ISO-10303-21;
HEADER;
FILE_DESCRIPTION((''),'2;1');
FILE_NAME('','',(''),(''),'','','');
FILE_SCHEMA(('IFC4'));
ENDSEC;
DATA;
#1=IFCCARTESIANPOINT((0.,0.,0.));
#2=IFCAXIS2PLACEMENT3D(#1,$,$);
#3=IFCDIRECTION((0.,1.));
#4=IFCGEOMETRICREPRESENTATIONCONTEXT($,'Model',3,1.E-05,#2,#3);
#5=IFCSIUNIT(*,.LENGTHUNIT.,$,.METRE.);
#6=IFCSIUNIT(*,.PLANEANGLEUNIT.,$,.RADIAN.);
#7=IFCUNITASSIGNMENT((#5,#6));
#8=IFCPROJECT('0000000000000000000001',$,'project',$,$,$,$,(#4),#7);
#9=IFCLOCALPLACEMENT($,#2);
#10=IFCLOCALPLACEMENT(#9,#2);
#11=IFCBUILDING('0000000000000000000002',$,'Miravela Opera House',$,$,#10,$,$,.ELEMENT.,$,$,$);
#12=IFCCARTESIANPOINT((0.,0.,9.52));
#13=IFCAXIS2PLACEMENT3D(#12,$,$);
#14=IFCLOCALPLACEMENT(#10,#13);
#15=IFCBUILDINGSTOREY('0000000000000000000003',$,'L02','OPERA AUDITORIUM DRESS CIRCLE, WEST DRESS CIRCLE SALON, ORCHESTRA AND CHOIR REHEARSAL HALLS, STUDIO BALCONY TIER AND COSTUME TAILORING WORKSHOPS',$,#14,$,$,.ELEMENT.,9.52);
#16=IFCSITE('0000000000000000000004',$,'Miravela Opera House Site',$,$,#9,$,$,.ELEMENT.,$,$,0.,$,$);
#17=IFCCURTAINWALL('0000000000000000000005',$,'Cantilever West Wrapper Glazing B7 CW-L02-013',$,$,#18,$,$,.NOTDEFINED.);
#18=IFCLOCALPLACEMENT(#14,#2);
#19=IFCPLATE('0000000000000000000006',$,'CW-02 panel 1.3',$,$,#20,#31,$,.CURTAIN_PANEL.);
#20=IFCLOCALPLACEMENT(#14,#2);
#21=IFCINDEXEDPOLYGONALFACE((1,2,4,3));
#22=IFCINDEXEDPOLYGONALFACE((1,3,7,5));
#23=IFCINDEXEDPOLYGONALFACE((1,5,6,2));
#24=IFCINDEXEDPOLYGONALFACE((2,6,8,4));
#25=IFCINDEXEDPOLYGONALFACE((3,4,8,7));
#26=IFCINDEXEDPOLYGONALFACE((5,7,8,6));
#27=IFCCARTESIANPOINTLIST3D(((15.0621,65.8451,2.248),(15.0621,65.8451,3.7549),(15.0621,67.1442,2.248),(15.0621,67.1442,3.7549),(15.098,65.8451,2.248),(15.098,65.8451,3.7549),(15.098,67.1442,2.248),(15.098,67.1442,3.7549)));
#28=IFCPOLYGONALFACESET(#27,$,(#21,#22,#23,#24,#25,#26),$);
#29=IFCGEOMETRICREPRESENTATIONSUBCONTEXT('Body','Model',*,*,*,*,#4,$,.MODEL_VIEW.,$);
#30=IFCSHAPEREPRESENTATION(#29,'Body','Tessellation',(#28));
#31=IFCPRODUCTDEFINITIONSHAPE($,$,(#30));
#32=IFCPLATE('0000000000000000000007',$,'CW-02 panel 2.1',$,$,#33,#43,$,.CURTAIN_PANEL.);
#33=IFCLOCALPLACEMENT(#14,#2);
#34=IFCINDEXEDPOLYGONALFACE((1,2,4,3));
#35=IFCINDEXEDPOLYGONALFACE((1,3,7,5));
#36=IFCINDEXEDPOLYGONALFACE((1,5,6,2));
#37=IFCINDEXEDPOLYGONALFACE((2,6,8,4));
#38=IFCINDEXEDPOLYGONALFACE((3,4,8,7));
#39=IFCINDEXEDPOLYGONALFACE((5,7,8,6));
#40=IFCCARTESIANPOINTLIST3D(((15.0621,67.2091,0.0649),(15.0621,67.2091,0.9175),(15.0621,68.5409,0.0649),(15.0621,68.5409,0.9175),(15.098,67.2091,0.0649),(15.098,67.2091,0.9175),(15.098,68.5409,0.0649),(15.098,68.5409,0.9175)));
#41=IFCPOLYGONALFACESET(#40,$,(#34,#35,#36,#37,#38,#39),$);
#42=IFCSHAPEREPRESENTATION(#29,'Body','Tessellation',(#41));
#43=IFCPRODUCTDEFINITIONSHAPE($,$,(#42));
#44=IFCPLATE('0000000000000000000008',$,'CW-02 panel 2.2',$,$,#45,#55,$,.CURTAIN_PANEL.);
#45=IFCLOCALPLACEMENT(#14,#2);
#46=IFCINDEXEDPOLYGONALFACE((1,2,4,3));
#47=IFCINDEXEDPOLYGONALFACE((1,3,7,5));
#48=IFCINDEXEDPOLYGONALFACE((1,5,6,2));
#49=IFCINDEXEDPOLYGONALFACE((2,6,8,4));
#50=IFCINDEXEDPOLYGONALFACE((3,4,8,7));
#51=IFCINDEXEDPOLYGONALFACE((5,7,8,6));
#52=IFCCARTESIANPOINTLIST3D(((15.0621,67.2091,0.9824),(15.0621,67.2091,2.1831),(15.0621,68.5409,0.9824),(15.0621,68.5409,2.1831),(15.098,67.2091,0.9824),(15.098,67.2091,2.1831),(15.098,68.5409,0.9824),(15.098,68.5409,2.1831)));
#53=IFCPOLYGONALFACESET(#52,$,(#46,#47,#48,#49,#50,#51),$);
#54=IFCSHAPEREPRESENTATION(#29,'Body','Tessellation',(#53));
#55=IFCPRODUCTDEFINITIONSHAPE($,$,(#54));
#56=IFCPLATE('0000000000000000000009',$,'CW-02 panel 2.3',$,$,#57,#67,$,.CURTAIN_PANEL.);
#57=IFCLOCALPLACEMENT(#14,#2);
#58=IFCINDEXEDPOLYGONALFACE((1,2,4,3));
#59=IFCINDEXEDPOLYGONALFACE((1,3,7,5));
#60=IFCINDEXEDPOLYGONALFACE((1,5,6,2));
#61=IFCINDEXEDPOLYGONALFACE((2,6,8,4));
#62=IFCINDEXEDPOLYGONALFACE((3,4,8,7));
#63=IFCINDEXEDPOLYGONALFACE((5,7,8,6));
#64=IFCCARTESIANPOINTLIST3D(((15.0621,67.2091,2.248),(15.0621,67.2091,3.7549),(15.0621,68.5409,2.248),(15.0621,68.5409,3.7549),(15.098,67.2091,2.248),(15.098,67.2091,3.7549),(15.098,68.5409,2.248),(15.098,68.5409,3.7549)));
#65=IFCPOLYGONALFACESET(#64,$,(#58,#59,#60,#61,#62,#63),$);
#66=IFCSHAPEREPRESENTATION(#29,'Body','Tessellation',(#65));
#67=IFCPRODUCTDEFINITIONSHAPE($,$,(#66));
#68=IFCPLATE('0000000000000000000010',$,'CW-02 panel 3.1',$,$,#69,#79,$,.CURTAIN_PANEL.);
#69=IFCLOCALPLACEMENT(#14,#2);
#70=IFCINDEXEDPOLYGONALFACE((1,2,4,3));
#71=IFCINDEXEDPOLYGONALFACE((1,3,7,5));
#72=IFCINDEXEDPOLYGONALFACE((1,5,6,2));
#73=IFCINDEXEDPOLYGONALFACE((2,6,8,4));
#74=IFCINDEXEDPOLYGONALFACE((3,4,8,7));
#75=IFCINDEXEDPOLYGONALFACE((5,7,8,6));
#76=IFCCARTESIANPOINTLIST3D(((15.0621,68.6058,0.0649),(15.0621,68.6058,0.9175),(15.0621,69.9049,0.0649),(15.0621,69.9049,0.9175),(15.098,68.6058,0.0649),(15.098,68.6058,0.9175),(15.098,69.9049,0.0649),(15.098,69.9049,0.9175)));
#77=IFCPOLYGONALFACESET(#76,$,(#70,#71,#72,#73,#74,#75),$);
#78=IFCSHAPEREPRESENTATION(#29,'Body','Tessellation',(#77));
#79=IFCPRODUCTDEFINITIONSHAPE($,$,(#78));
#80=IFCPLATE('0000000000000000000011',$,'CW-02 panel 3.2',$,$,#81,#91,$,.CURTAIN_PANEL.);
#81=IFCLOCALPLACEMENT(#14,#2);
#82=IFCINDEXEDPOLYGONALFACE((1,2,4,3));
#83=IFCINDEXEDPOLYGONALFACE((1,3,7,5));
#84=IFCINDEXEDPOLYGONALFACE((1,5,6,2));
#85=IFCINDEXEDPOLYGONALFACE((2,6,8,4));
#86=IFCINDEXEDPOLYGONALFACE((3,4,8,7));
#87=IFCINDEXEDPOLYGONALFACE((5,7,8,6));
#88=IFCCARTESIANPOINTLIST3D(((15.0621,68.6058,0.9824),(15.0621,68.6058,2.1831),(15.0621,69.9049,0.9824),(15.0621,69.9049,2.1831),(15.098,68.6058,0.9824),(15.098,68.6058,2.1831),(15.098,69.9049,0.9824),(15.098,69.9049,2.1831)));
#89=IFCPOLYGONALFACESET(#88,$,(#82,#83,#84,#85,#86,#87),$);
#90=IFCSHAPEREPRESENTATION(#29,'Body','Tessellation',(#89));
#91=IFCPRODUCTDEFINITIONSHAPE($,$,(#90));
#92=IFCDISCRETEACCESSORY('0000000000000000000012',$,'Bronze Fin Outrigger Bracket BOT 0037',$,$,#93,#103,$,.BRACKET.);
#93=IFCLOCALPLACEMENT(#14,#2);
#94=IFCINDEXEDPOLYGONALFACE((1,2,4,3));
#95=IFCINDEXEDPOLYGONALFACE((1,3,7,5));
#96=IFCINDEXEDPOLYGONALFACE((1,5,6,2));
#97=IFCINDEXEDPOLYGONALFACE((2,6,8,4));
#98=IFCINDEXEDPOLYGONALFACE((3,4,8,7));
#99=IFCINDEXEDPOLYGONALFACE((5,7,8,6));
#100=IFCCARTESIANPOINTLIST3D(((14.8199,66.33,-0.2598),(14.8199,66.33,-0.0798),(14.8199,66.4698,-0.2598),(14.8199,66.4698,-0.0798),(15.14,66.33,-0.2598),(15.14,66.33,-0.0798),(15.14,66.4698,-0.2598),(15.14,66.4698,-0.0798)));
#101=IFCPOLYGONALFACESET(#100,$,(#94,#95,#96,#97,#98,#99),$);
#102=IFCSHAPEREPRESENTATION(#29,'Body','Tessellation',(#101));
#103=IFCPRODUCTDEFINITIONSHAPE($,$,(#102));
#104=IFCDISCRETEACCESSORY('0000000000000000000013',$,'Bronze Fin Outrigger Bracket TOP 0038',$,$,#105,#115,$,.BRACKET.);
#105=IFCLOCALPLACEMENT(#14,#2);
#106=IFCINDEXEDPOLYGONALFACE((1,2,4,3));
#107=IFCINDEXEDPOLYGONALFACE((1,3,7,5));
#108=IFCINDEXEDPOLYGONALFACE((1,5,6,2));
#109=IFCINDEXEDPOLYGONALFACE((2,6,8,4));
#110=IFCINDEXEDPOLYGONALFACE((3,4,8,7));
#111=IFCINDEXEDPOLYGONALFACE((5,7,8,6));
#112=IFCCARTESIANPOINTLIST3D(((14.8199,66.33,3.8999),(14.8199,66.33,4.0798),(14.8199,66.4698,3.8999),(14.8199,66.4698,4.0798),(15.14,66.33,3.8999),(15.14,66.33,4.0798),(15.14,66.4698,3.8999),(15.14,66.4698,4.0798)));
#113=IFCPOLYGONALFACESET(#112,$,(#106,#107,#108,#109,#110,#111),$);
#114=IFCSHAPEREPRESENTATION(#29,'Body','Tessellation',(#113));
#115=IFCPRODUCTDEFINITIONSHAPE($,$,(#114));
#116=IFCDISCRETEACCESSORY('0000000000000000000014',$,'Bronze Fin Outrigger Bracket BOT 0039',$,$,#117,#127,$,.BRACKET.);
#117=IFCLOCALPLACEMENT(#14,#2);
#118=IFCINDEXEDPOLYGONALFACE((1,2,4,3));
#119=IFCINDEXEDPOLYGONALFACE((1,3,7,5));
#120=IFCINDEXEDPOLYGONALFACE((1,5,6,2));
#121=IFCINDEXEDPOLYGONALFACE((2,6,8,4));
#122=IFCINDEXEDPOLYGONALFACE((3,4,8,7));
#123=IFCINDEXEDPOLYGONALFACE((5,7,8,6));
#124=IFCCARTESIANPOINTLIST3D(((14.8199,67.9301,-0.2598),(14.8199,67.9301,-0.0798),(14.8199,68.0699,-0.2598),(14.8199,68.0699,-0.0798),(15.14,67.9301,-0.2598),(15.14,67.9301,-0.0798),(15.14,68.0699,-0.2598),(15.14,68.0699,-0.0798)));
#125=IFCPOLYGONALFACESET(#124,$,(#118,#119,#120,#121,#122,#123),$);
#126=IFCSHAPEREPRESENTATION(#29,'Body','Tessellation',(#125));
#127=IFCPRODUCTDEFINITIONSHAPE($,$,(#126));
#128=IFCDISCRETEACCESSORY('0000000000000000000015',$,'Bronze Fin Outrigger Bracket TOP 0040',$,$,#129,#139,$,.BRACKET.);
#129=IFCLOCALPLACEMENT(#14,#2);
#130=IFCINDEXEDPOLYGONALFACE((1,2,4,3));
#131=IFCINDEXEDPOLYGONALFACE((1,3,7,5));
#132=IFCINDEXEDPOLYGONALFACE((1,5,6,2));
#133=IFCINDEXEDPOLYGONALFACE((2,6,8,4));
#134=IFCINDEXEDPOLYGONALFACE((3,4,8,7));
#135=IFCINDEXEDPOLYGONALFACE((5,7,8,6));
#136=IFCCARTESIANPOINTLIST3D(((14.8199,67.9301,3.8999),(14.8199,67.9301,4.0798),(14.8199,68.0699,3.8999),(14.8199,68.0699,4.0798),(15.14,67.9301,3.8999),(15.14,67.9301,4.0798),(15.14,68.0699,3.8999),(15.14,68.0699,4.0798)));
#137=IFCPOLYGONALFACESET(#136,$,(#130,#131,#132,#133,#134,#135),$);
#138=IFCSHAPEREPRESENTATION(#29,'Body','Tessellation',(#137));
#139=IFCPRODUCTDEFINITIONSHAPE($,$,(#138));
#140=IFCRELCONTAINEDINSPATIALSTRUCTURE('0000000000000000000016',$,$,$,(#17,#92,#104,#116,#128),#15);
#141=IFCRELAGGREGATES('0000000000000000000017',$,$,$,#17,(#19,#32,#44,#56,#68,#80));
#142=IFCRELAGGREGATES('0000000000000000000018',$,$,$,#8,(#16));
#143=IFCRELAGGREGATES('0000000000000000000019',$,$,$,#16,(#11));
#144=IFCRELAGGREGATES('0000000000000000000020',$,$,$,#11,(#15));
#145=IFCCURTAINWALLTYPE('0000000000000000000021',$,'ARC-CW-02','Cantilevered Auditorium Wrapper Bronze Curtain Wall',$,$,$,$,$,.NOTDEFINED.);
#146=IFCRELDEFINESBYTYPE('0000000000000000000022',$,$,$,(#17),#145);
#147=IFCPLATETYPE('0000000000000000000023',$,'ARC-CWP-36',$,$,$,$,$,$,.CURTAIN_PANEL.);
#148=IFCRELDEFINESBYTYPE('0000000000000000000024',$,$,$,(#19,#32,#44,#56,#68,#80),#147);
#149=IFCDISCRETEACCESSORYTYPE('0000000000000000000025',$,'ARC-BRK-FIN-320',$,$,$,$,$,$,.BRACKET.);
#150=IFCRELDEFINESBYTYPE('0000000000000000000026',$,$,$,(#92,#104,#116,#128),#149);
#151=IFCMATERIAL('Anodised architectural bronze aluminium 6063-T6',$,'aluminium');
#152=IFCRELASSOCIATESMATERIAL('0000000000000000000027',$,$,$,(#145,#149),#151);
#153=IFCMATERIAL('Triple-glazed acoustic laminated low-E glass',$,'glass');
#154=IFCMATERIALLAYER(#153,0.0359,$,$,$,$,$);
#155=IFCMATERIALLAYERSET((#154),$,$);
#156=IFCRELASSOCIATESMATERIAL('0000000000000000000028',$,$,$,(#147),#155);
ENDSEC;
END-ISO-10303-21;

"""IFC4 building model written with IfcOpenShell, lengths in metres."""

from ifc_helpers import new_model, si_unit, direction, frame, origin, origin_2d, place, context, subcontext, project, spatial, rectangle, extrude, material, layer, layer_set, type_object, element, aggregate, save


model = new_model("IFC4")

# Units and contexts
model_context = context("Model", 3, precision=1e-05, world=origin(), true_north=direction((0.0, 1.0)))
body_context = subcontext(model_context, "Body", "Model", "MODEL_VIEW")
ifc_project = project(units=[si_unit("LENGTHUNIT", "METRE"), si_unit("PLANEANGLEUNIT", "RADIAN")], contexts=[model_context])

# Site, building, storey
site_placement = place(None, origin())
site = spatial("IfcSite", under=ifc_project, at=site_placement, Name="Miravela Opera House Site", CompositionType="ELEMENT", RefElevation=0.0)
building_placement = place(site_placement, origin())
building = spatial("IfcBuilding", under=site, at=building_placement, Name="Miravela Opera House", CompositionType="ELEMENT")
storey_placement = place(building_placement, frame((0.0, 0.0, 9.52)))
storey = spatial("IfcBuildingStorey", under=building, at=storey_placement, Name="L02", Description="OPERA AUDITORIUM DRESS CIRCLE, WEST DRESS CIRCLE SALON, ORCHESTRA AND CHOIR REHEARSAL HALLS, STUDIO BALCONY TIER AND COSTUME TAILORING WORKSHOPS", CompositionType="ELEMENT", Elevation=9.52)

# Curtain wall
ifc_material_1 = material(Name="Anodised architectural bronze aluminium 6063-T6", Category="aluminium")
curtain_wall_type = type_object("IfcCurtainWallType", Name="ARC-CW-02", Description="Cantilevered Auditorium Wrapper Bronze Curtain Wall", PredefinedType="NOTDEFINED", material=ifc_material_1)
curtain_wall_placement = place(storey_placement, origin())
curtain_wall = element("IfcCurtainWall", 1, at=curtain_wall_placement, inside=storey, type_object=curtain_wall_type, Name="Cantilever West Wrapper Glazing B7 CW-L02-013", PredefinedType="NOTDEFINED")

# Plates
ifc_material_2 = material(Name="Triple-glazed acoustic laminated low-E glass", Category="glass")
ifc_layer = layer(ifc_material_2, 0.0359)
ifc_layer_set = layer_set([ifc_layer])
plate_type = type_object("IfcPlateType", Name="ARC-CWP-36", PredefinedType="CURTAIN_PANEL", material=ifc_layer_set)
plate_1_placement = place(storey_placement, frame((15.0801, 66.4946, 2.248), z_axis=(0.0, 0.0, 1.0), x_axis=(0.0, 1.0, 0.0)))
plate_1 = element("IfcPlate", 2, at=plate_1_placement, type_object=plate_type, Name="CW-02 panel 1.3", PredefinedType="CURTAIN_PANEL", context=body_context, shape_type="SweptSolid", body=[
    extrude(rectangle(XDim=1.2991, YDim=0.0359, at=origin_2d()), origin(), (0.0, 0.0, 1.0), 1.5068),
])
plate_2_placement = place(storey_placement, frame((15.0801, 67.875, 0.0649), z_axis=(0.0, 0.0, 1.0), x_axis=(0.0, 1.0, 0.0)))
plate_2 = element("IfcPlate", 3, at=plate_2_placement, type_object=plate_type, Name="CW-02 panel 2.1", PredefinedType="CURTAIN_PANEL", context=body_context, shape_type="SweptSolid", body=[
    extrude(rectangle(XDim=1.3318, YDim=0.0359, at=origin_2d()), origin(), (0.0, 0.0, 1.0), 0.8525),
])
plate_3_placement = place(storey_placement, frame((15.0801, 67.875, 0.9824), z_axis=(0.0, 0.0, 1.0), x_axis=(0.0, 1.0, 0.0)))
plate_3 = element("IfcPlate", 4, at=plate_3_placement, type_object=plate_type, Name="CW-02 panel 2.2", PredefinedType="CURTAIN_PANEL", context=body_context, shape_type="SweptSolid", body=[
    extrude(rectangle(XDim=1.3318, YDim=0.0359, at=origin_2d()), origin(), (0.0, 0.0, 1.0), 1.2007),
])
plate_4_placement = place(storey_placement, frame((15.0801, 67.875, 2.248), z_axis=(0.0, 0.0, 1.0), x_axis=(0.0, 1.0, 0.0)))
plate_4 = element("IfcPlate", 5, at=plate_4_placement, type_object=plate_type, Name="CW-02 panel 2.3", PredefinedType="CURTAIN_PANEL", context=body_context, shape_type="SweptSolid", body=[
    extrude(rectangle(XDim=1.3318, YDim=0.0359, at=origin_2d()), origin(), (0.0, 0.0, 1.0), 1.5068),
])
plate_5_placement = place(storey_placement, frame((15.0801, 69.2554, 0.0649), z_axis=(0.0, 0.0, 1.0), x_axis=(0.0, 1.0, 0.0)))
plate_5 = element("IfcPlate", 6, at=plate_5_placement, type_object=plate_type, Name="CW-02 panel 3.1", PredefinedType="CURTAIN_PANEL", context=body_context, shape_type="SweptSolid", body=[
    extrude(rectangle(XDim=1.2991, YDim=0.0359, at=origin_2d()), origin(), (0.0, 0.0, 1.0), 0.8525),
])
plate_6_placement = place(storey_placement, frame((15.0801, 69.2554, 0.9824), z_axis=(0.0, 0.0, 1.0), x_axis=(0.0, 1.0, 0.0)))
plate_6 = element("IfcPlate", 7, at=plate_6_placement, type_object=plate_type, Name="CW-02 panel 3.2", PredefinedType="CURTAIN_PANEL", context=body_context, shape_type="SweptSolid", body=[
    extrude(rectangle(XDim=1.2991, YDim=0.0359, at=origin_2d()), origin(), (0.0, 0.0, 1.0), 1.2007),
])
aggregate(curtain_wall, [plate_1, plate_2, plate_3, plate_4, plate_5, plate_6])

# Discrete accessories
discrete_accessory_type = type_object("IfcDiscreteAccessoryType", Name="ARC-BRK-FIN-320", PredefinedType="BRACKET", material=ifc_material_1)
for number, where, z_axis, x_axis, name in (
    (8, (14.98, 66.3999, -0.2598), (0.0, 0.0, 1.0), (1.0, 0.0, 0.0), "Bronze Fin Outrigger Bracket BOT 0037"),
    (9, (14.98, 66.3999, 3.8999), (0.0, 0.0, 1.0), (1.0, 0.0, 0.0), "Bronze Fin Outrigger Bracket TOP 0038"),
    (10, (14.98, 68.0, -0.2598), (0.0, 0.0, 1.0), (1.0, 0.0, 0.0), "Bronze Fin Outrigger Bracket BOT 0039"),
    (11, (14.98, 68.0, 3.8999), (0.0, 0.0, 1.0), (1.0, 0.0, 0.0), "Bronze Fin Outrigger Bracket TOP 0040"),
):
    element("IfcDiscreteAccessory", number, at=place(storey_placement, frame(where, z_axis=z_axis, x_axis=x_axis)), inside=storey, type_object=discrete_accessory_type, Name=name, PredefinedType="BRACKET", context=body_context, shape_type="SweptSolid", body=[
        extrude(rectangle(XDim=0.3201, YDim=0.1399, at=origin_2d()), origin(), (0.0, 0.0, 1.0), 0.1799),
    ])

save(model, "model.ifc")
